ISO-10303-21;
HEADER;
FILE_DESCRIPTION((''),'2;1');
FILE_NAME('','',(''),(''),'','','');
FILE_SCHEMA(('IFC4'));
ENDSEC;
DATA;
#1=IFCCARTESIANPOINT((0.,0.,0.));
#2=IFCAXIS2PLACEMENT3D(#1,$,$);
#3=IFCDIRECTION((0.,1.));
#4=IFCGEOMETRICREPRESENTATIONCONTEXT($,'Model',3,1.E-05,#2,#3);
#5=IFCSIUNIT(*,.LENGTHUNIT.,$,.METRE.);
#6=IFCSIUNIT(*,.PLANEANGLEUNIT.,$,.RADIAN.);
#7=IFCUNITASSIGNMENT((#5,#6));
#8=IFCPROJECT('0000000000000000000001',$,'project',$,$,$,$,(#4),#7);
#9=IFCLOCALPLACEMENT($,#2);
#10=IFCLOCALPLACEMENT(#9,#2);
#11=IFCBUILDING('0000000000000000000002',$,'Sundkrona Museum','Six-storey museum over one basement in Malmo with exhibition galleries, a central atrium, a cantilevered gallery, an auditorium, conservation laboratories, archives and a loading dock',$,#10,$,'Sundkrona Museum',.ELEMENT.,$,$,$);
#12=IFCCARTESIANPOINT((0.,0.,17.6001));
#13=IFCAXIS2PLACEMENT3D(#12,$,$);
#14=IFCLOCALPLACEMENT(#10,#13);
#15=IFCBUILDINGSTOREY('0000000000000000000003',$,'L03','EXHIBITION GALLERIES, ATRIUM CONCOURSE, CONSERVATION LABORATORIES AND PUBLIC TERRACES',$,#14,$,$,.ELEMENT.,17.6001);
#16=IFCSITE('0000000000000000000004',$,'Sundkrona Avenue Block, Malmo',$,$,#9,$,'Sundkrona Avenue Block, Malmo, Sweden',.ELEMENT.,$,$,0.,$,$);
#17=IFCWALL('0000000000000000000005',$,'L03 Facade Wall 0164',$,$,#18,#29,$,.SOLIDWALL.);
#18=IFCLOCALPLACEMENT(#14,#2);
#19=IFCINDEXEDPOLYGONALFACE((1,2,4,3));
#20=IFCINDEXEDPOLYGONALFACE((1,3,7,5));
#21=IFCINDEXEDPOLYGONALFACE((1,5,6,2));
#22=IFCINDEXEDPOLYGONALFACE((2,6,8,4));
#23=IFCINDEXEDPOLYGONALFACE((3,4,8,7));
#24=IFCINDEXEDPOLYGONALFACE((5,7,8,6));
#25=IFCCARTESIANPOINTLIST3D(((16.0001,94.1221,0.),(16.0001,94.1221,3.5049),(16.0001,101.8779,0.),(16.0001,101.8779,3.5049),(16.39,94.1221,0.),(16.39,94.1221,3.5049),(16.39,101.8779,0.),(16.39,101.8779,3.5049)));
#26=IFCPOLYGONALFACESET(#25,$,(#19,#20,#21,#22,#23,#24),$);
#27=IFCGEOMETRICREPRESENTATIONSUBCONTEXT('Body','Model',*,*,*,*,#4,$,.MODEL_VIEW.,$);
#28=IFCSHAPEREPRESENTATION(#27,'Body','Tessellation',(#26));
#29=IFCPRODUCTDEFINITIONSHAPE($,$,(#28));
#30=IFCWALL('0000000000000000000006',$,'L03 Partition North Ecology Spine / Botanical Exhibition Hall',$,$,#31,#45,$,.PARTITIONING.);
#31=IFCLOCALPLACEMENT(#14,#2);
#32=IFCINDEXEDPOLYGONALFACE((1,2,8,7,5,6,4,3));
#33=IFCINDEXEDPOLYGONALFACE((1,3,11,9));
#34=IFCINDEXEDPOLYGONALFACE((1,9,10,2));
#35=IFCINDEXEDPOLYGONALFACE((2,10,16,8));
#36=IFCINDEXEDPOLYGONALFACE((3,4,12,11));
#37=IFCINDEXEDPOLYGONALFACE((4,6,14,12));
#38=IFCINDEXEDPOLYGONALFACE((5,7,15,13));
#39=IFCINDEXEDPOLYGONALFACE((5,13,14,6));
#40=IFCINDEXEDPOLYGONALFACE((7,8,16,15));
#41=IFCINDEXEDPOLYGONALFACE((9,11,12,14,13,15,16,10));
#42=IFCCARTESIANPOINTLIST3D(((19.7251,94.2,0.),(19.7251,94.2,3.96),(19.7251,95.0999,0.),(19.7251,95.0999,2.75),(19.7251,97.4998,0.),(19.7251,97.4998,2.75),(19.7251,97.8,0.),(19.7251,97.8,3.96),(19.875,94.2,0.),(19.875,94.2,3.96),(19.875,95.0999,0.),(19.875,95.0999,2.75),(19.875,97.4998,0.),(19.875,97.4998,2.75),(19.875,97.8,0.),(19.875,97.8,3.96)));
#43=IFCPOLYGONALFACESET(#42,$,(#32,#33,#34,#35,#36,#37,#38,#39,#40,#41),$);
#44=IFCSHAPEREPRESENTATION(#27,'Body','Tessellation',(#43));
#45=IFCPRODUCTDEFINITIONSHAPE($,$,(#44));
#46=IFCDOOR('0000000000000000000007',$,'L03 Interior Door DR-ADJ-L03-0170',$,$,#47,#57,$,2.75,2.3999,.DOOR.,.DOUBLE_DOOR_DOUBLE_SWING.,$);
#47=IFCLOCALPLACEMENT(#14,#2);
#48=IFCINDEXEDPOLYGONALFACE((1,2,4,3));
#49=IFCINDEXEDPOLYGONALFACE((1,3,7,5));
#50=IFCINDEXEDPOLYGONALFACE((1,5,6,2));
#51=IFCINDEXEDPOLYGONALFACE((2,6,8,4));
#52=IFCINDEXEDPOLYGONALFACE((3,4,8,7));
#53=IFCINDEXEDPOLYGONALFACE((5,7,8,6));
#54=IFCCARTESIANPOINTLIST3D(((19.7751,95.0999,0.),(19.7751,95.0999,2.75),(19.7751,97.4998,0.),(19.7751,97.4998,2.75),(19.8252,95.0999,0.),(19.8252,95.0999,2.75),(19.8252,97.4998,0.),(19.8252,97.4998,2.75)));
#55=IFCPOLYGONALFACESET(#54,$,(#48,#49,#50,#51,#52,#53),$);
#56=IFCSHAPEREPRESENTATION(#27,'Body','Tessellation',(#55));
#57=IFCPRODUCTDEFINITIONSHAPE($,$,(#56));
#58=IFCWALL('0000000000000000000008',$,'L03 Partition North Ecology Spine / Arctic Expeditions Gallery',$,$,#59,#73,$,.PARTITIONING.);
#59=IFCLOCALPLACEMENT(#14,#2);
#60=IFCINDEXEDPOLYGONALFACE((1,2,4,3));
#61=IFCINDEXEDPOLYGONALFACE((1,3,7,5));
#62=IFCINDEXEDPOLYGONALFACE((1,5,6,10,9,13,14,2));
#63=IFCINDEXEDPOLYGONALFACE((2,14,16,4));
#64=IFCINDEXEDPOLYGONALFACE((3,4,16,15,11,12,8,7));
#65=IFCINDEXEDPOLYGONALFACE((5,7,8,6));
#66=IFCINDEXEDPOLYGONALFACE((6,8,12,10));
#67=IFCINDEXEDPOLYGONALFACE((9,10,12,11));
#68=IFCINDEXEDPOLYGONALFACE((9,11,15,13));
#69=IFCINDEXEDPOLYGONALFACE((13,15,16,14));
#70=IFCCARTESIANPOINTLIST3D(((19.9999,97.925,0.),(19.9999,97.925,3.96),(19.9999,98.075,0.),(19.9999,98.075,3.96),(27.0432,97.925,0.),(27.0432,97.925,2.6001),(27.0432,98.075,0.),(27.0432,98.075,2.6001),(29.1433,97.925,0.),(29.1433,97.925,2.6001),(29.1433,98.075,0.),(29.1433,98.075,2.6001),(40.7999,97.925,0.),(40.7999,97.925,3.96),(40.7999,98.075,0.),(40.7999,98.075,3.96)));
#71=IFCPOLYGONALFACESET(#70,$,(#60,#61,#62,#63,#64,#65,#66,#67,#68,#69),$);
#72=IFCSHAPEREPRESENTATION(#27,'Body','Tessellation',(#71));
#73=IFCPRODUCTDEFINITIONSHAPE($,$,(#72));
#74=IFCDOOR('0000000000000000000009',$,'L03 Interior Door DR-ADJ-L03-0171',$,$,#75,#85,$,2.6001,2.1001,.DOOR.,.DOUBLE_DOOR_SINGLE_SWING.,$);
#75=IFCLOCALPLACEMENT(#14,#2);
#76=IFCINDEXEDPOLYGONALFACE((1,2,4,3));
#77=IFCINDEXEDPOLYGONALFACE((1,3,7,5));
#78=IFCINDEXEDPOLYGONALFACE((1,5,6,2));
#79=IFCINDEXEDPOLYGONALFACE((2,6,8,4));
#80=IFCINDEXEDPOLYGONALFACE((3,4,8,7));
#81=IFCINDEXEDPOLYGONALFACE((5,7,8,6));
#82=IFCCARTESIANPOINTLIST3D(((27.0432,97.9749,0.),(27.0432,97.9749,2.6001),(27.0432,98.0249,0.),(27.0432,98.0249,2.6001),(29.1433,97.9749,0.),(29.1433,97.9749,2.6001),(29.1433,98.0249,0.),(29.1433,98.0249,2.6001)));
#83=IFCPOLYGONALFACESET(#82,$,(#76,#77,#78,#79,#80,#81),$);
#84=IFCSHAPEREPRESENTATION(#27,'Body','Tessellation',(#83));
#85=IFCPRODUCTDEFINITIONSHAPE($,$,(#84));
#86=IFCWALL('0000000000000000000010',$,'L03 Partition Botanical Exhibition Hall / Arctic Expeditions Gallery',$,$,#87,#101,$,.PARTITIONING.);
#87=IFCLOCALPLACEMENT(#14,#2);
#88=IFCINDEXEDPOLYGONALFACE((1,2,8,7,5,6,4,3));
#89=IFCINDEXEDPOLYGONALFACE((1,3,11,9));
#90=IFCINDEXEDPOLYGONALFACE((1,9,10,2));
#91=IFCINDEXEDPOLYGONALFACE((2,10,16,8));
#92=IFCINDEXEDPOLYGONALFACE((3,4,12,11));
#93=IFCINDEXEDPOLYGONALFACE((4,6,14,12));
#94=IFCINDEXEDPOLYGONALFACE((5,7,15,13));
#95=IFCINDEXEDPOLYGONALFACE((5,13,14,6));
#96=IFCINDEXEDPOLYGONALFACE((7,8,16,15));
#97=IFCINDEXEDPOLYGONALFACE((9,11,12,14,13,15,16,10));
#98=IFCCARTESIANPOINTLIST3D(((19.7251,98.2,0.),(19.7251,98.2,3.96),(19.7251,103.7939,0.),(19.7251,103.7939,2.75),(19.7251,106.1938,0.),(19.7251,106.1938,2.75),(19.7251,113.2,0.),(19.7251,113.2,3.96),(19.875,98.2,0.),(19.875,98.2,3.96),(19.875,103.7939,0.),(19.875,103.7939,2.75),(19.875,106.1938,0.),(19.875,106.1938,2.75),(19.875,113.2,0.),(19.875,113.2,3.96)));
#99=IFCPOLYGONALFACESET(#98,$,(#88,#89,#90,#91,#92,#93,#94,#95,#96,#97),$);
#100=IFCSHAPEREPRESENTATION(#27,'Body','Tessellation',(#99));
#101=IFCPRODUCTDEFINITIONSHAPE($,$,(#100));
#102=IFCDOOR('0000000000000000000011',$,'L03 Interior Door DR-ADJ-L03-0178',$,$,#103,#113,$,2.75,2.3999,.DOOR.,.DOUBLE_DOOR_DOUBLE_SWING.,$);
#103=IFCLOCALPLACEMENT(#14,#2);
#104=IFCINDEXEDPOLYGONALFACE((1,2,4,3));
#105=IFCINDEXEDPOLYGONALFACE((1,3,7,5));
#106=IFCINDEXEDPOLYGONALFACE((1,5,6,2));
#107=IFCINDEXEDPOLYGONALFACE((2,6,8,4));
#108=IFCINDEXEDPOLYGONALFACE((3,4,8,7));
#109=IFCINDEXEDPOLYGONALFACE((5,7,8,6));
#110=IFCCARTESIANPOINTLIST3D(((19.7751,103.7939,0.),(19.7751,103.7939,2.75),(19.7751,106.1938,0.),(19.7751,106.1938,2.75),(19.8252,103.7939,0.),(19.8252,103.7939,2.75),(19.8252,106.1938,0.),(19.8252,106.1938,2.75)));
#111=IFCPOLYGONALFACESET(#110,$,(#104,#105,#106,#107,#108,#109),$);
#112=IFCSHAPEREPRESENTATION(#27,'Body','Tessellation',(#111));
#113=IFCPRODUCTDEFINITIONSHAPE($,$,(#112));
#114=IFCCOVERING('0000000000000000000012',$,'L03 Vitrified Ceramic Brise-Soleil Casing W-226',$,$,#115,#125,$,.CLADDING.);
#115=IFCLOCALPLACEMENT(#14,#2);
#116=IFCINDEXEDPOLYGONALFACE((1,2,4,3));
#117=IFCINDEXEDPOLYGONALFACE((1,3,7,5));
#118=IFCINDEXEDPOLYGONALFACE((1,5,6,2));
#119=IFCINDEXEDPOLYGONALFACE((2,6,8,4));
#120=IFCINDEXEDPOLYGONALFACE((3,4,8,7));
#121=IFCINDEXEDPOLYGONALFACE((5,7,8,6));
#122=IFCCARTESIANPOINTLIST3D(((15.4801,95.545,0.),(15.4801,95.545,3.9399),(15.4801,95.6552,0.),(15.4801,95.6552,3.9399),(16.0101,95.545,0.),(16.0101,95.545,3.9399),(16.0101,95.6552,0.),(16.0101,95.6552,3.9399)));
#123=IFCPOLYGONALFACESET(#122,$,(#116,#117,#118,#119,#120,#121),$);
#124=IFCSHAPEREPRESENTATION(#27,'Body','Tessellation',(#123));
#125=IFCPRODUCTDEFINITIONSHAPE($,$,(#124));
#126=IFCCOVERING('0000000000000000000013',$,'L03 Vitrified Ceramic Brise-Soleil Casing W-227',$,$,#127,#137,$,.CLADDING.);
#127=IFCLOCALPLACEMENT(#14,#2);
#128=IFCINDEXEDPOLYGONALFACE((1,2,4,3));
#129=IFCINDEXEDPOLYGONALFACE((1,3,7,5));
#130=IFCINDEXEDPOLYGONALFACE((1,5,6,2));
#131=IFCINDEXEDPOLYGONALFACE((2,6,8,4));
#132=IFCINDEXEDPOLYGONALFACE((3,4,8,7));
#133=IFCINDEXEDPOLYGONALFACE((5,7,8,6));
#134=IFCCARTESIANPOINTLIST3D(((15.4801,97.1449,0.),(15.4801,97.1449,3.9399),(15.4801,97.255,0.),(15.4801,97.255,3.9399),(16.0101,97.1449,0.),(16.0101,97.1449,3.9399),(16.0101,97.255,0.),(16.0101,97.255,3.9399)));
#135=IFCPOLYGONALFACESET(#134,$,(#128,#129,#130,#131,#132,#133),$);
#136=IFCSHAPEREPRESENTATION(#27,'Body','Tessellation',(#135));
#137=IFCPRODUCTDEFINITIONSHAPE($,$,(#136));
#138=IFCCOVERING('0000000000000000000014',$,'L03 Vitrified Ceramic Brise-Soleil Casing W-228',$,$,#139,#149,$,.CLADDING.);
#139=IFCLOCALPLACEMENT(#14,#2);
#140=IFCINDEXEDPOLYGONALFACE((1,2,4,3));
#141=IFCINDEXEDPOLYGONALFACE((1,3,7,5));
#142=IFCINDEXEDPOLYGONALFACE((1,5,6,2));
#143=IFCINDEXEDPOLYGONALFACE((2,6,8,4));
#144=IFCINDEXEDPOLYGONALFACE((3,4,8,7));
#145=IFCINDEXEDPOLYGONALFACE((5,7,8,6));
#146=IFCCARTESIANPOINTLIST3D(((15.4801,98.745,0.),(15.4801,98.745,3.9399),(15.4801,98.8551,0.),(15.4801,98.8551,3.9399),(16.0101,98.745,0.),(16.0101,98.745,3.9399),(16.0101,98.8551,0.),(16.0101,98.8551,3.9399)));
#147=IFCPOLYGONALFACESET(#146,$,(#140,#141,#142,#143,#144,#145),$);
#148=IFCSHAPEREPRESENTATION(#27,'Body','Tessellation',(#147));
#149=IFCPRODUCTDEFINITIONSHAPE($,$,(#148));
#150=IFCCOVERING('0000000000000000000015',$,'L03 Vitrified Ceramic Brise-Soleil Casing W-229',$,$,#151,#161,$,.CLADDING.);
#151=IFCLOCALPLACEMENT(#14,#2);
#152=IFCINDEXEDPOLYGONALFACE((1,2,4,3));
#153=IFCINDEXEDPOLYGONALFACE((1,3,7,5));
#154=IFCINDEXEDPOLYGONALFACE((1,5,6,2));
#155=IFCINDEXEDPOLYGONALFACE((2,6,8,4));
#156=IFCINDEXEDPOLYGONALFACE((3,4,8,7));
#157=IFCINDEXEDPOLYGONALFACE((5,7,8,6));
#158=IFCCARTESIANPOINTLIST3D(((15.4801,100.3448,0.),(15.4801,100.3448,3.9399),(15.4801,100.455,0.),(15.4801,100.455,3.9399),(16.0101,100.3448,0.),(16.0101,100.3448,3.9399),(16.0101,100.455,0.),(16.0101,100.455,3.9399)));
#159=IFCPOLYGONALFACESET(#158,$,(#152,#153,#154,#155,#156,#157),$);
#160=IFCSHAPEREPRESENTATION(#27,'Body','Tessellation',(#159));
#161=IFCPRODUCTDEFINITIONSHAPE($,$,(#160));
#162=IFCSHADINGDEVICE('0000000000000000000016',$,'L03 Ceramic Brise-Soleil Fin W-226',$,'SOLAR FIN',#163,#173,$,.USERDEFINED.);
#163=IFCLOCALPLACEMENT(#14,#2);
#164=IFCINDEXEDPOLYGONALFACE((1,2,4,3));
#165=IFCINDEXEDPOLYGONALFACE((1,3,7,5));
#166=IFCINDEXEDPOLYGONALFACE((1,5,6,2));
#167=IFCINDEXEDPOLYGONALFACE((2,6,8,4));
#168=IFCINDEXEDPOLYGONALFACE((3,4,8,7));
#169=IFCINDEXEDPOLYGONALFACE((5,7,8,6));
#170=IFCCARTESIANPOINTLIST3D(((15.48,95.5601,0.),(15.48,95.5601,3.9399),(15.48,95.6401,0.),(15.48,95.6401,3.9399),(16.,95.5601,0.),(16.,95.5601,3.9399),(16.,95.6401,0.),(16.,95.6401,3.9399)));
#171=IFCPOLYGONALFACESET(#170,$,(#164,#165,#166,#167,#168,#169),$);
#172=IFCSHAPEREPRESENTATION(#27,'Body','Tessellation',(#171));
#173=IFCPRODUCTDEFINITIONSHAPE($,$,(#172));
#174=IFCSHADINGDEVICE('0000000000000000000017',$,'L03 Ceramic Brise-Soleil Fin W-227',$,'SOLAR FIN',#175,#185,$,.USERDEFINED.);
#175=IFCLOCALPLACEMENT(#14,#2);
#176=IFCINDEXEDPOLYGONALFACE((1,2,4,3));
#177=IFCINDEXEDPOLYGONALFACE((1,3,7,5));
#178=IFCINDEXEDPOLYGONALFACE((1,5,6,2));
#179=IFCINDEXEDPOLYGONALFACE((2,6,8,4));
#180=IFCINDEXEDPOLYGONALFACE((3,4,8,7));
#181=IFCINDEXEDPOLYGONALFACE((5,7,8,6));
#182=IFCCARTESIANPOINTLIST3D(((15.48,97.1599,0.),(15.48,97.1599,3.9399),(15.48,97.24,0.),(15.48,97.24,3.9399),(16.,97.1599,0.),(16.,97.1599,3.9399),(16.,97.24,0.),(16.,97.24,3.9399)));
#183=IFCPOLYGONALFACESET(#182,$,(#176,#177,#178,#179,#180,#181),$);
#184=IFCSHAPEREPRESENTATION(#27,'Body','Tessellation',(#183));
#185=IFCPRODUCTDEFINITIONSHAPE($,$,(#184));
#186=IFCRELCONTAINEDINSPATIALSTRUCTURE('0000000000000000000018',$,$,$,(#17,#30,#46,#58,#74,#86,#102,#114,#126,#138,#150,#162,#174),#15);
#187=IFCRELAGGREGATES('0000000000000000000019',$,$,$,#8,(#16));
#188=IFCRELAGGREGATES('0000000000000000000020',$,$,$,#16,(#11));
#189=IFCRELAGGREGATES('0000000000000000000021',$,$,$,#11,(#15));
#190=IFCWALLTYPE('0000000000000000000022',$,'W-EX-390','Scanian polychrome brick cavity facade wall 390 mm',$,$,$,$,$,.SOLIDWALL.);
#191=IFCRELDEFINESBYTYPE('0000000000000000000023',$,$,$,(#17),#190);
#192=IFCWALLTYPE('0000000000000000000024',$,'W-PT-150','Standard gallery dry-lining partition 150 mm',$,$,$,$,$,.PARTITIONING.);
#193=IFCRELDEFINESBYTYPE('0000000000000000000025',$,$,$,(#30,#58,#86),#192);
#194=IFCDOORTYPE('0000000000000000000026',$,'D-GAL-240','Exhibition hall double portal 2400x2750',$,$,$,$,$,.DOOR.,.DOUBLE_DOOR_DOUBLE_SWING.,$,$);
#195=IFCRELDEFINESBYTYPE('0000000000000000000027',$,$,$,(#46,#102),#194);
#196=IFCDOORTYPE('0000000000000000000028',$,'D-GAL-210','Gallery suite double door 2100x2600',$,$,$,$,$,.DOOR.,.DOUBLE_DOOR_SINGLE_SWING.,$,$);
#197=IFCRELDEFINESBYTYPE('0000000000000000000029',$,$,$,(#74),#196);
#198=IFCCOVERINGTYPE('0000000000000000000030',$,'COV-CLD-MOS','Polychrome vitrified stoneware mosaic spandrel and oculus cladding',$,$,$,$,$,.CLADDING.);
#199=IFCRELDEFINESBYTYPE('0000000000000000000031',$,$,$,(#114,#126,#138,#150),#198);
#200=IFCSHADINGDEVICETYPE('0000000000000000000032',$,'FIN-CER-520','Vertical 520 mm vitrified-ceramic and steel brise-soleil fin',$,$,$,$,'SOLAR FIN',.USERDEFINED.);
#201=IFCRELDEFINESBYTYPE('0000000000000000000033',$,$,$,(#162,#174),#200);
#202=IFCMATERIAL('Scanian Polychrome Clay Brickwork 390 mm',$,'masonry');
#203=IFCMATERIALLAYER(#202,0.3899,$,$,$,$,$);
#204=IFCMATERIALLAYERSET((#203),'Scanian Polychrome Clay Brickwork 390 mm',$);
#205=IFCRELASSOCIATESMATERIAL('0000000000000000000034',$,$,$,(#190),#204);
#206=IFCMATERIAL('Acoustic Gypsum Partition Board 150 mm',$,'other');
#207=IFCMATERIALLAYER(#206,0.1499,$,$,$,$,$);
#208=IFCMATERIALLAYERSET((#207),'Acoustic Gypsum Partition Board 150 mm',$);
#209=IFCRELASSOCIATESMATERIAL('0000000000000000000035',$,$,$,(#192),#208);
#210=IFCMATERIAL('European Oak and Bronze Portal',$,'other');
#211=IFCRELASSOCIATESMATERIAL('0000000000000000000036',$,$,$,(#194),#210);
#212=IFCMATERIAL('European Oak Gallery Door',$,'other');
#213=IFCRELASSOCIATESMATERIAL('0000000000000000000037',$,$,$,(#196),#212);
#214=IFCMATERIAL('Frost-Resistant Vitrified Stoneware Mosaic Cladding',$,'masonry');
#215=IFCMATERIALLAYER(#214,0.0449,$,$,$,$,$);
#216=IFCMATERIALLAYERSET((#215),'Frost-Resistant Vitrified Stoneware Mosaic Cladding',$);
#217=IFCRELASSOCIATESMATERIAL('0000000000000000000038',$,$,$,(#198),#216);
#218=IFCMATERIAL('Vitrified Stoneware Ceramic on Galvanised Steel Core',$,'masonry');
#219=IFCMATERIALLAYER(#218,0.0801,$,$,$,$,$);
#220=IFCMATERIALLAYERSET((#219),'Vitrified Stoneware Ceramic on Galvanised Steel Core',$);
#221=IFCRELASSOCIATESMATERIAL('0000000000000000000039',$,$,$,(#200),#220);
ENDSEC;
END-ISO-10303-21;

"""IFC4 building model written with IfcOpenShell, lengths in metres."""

from ifc_helpers import new_model, si_unit, direction, frame, frame_2d, origin, origin_2d, place, context, subcontext, project, spatial, rectangle, extrude, material, layer, layer_set, type_object, element, fill, save


model = new_model("IFC4")

# Units and contexts
model_context = context("Model", 3, precision=1e-05, world=origin(), true_north=direction((0.0, 1.0)))
body_context = subcontext(model_context, "Body", "Model", "MODEL_VIEW")
ifc_project = project(units=[si_unit("LENGTHUNIT", "METRE"), si_unit("PLANEANGLEUNIT", "RADIAN")], contexts=[model_context])

# Site, building, storey
site_placement = place(None, origin())
site = spatial("IfcSite", under=ifc_project, at=site_placement, Name="Sundkrona Avenue Block, Malmo", LongName="Sundkrona Avenue Block, Malmo, Sweden", CompositionType="ELEMENT", RefElevation=0.0)
building_placement = place(site_placement, origin())
building = spatial("IfcBuilding", under=site, at=building_placement, Name="Sundkrona Museum", Description="Six-storey museum over one basement in Malmo with exhibition galleries, a central atrium, a cantilevered gallery, an auditorium, conservation laboratories, archives and a loading dock", LongName="Sundkrona Museum", CompositionType="ELEMENT")
storey_placement = place(building_placement, frame((0.0, 0.0, 17.6001)))
storey = spatial("IfcBuildingStorey", under=building, at=storey_placement, Name="L03", Description="EXHIBITION GALLERIES, ATRIUM CONCOURSE, CONSERVATION LABORATORIES AND PUBLIC TERRACES", CompositionType="ELEMENT", Elevation=17.6001)

# Wall
ifc_material_1 = material(Name="Scanian Polychrome Clay Brickwork 390 mm", Category="masonry")
ifc_layer_1 = layer(ifc_material_1, 0.3899)
ifc_layer_set_1 = layer_set([ifc_layer_1], Name="Scanian Polychrome Clay Brickwork 390 mm")
wall_type_1 = type_object("IfcWallType", Name="W-EX-390", Description="Scanian polychrome brick cavity facade wall 390 mm", PredefinedType="SOLIDWALL", material=ifc_layer_set_1)
wall_1_placement = place(storey_placement, frame((16.1951, 94.1221, 0.0), z_axis=(0.0, 0.0, 1.0), x_axis=(0.0, 1.0, 0.0)))
element("IfcWall", 1, at=wall_1_placement, inside=storey, type_object=wall_type_1, Name="L03 Facade Wall 0164", PredefinedType="SOLIDWALL", context=body_context, shape_type="SweptSolid", body=[
    extrude(rectangle(XDim=7.7559, YDim=0.3899, at=frame_2d((3.8779, 0.0))), origin(), (0.0, 0.0, 1.0), 3.5049),
])

# Walls, openings, doors
ifc_material_2 = material(Name="Acoustic Gypsum Partition Board 150 mm", Category="other")
ifc_layer_2 = layer(ifc_material_2, 0.1499)
ifc_layer_set_2 = layer_set([ifc_layer_2], Name="Acoustic Gypsum Partition Board 150 mm")
wall_type_2 = type_object("IfcWallType", Name="W-PT-150", Description="Standard gallery dry-lining partition 150 mm", PredefinedType="PARTITIONING", material=ifc_layer_set_2)
wall_2_placement = place(storey_placement, frame((19.8, 94.2, 0.0), z_axis=(0.0, 0.0, 1.0), x_axis=(0.0, 1.0, 0.0)))
wall_2 = element("IfcWall", 2, at=wall_2_placement, inside=storey, type_object=wall_type_2, Name="L03 Partition North Ecology Spine / Botanical Exhibition Hall", PredefinedType="PARTITIONING", context=body_context, shape_type="SweptSolid", body=[
    extrude(rectangle(XDim=3.6001, YDim=0.1499, at=frame_2d((1.8, 0.0))), origin(), (0.0, 0.0, 1.0), 3.96),
])
opening_1_placement = place(wall_2_placement, frame((0.8999, 0.0, 0.0)))
opening_1 = element("IfcOpeningElement", 3, at=opening_1_placement, cuts=wall_2, PredefinedType="OPENING", context=body_context, shape_type="SweptSolid", body=[
    extrude(rectangle(XDim=2.3999, YDim=2.75, at=frame_2d((1.2, 1.375))), frame((0.0, 0.085, 0.0), z_axis=(0.0, -1.0, 0.0), x_axis=(1.0, 0.0, 0.0)), (0.0, 0.0, 1.0), 0.1699),
])
ifc_material_3 = material(Name="European Oak and Bronze Portal", Category="other")
door_type_1 = type_object("IfcDoorType", Name="D-GAL-240", Description="Exhibition hall double portal 2400x2750", OperationType="DOUBLE_DOOR_DOUBLE_SWING", PredefinedType="DOOR", material=ifc_material_3)
door_1_placement = place(opening_1_placement, origin())
door_1 = element("IfcDoor", 4, at=door_1_placement, inside=storey, type_object=door_type_1, Name="L03 Interior Door DR-ADJ-L03-0170", OperationType="DOUBLE_DOOR_DOUBLE_SWING", OverallHeight=2.75, OverallWidth=2.3999, PredefinedType="DOOR", context=body_context, shape_type="SweptSolid", body=[
    extrude(rectangle(XDim=2.3999, YDim=2.75, at=frame_2d((1.2, 1.375))), frame((0.0, 0.0249, 0.0), z_axis=(0.0, -1.0, 0.0), x_axis=(1.0, 0.0, 0.0)), (0.0, 0.0, 1.0), 0.05),
])
fill(opening_1, door_1)
wall_3_placement = place(storey_placement, frame((20.0, 98.0, 0.0), z_axis=(0.0, 0.0, 1.0), x_axis=(1.0, 0.0, 0.0)))
wall_3 = element("IfcWall", 5, at=wall_3_placement, inside=storey, type_object=wall_type_2, Name="L03 Partition North Ecology Spine / Arctic Expeditions Gallery", PredefinedType="PARTITIONING", context=body_context, shape_type="SweptSolid", body=[
    extrude(rectangle(XDim=20.8, YDim=0.1499, at=frame_2d((10.3999, 0.0))), origin(), (0.0, 0.0, 1.0), 3.96),
])
opening_2_placement = place(wall_3_placement, frame((7.0432, 0.0, 0.0)))
opening_2 = element("IfcOpeningElement", 6, at=opening_2_placement, cuts=wall_3, PredefinedType="OPENING", context=body_context, shape_type="SweptSolid", body=[
    extrude(rectangle(XDim=2.1001, YDim=2.6001, at=frame_2d((1.05, 1.3))), frame((0.0, 0.085, 0.0), z_axis=(0.0, -1.0, 0.0), x_axis=(1.0, 0.0, 0.0)), (0.0, 0.0, 1.0), 0.1699),
])
ifc_material_4 = material(Name="European Oak Gallery Door", Category="other")
door_type_2 = type_object("IfcDoorType", Name="D-GAL-210", Description="Gallery suite double door 2100x2600", OperationType="DOUBLE_DOOR_SINGLE_SWING", PredefinedType="DOOR", material=ifc_material_4)
door_2_placement = place(opening_2_placement, origin())
door_2 = element("IfcDoor", 7, at=door_2_placement, inside=storey, type_object=door_type_2, Name="L03 Interior Door DR-ADJ-L03-0171", OperationType="DOUBLE_DOOR_SINGLE_SWING", OverallHeight=2.6001, OverallWidth=2.1001, PredefinedType="DOOR", context=body_context, shape_type="SweptSolid", body=[
    extrude(rectangle(XDim=2.1001, YDim=2.6001, at=frame_2d((1.05, 1.3))), frame((0.0, 0.0249, 0.0), z_axis=(0.0, -1.0, 0.0), x_axis=(1.0, 0.0, 0.0)), (0.0, 0.0, 1.0), 0.05),
])
fill(opening_2, door_2)
wall_4_placement = place(storey_placement, frame((19.8, 98.2, 0.0), z_axis=(0.0, 0.0, 1.0), x_axis=(0.0, 1.0, 0.0)))
wall_4 = element("IfcWall", 8, at=wall_4_placement, inside=storey, type_object=wall_type_2, Name="L03 Partition Botanical Exhibition Hall / Arctic Expeditions Gallery", PredefinedType="PARTITIONING", context=body_context, shape_type="SweptSolid", body=[
    extrude(rectangle(XDim=15.0, YDim=0.1499, at=frame_2d((7.5, 0.0))), origin(), (0.0, 0.0, 1.0), 3.96),
])
opening_3_placement = place(wall_4_placement, frame((5.594, 0.0, 0.0)))
opening_3 = element("IfcOpeningElement", 9, at=opening_3_placement, cuts=wall_4, PredefinedType="OPENING", context=body_context, shape_type="SweptSolid", body=[
    extrude(rectangle(XDim=2.3999, YDim=2.75, at=frame_2d((1.2, 1.375))), frame((0.0, 0.085, 0.0), z_axis=(0.0, -1.0, 0.0), x_axis=(1.0, 0.0, 0.0)), (0.0, 0.0, 1.0), 0.1699),
])
door_3_placement = place(opening_3_placement, origin())
door_3 = element("IfcDoor", 10, at=door_3_placement, inside=storey, type_object=door_type_1, Name="L03 Interior Door DR-ADJ-L03-0178", OperationType="DOUBLE_DOOR_DOUBLE_SWING", OverallHeight=2.75, OverallWidth=2.3999, PredefinedType="DOOR", context=body_context, shape_type="SweptSolid", body=[
    extrude(rectangle(XDim=2.3999, YDim=2.75, at=frame_2d((1.2, 1.375))), frame((0.0, 0.0249, 0.0), z_axis=(0.0, -1.0, 0.0), x_axis=(1.0, 0.0, 0.0)), (0.0, 0.0, 1.0), 0.05),
])
fill(opening_3, door_3)

# Coverings
ifc_material_5 = material(Name="Frost-Resistant Vitrified Stoneware Mosaic Cladding", Category="masonry")
ifc_layer_3 = layer(ifc_material_5, 0.0449)
ifc_layer_set_3 = layer_set([ifc_layer_3], Name="Frost-Resistant Vitrified Stoneware Mosaic Cladding")
covering_type = type_object("IfcCoveringType", Name="COV-CLD-MOS", Description="Polychrome vitrified stoneware mosaic spandrel and oculus cladding", PredefinedType="CLADDING", material=ifc_layer_set_3)
for number, where, z_axis, x_axis, name in (
    (11, (15.7451, 95.6001, 0.0), (0.0, 0.0, 1.0), (1.0, 0.0, 0.0), "L03 Vitrified Ceramic Brise-Soleil Casing W-226"),
    (12, (15.7451, 97.2, 0.0), (0.0, 0.0, 1.0), (1.0, 0.0, 0.0), "L03 Vitrified Ceramic Brise-Soleil Casing W-227"),
    (13, (15.7451, 98.8, 0.0), (0.0, 0.0, 1.0), (1.0, 0.0, 0.0), "L03 Vitrified Ceramic Brise-Soleil Casing W-228"),
    (14, (15.7451, 100.3999, 0.0), (0.0, 0.0, 1.0), (1.0, 0.0, 0.0), "L03 Vitrified Ceramic Brise-Soleil Casing W-229"),
):
    element("IfcCovering", number, at=place(storey_placement, frame(where, z_axis=z_axis, x_axis=x_axis)), inside=storey, type_object=covering_type, Name=name, PredefinedType="CLADDING", context=body_context, shape_type="SweptSolid", body=[
        extrude(rectangle(XDim=0.53, YDim=0.1101, at=origin_2d()), origin(), (0.0, 0.0, 1.0), 3.9399),
    ])

# Shading devices
ifc_material_6 = material(Name="Vitrified Stoneware Ceramic on Galvanised Steel Core", Category="masonry")
ifc_layer_4 = layer(ifc_material_6, 0.0801)
ifc_layer_set_4 = layer_set([ifc_layer_4], Name="Vitrified Stoneware Ceramic on Galvanised Steel Core")
shading_device_type = type_object("IfcShadingDeviceType", Name="FIN-CER-520", Description="Vertical 520 mm vitrified-ceramic and steel brise-soleil fin", ElementType="SOLAR FIN", PredefinedType="USERDEFINED", material=ifc_layer_set_4)
for number, where, z_axis, x_axis, name in (
    (15, (15.74, 95.6001, 0.0), (0.0, 0.0, 1.0), (1.0, 0.0, 0.0), "L03 Ceramic Brise-Soleil Fin W-226"),
    (16, (15.74, 97.2, 0.0), (0.0, 0.0, 1.0), (1.0, 0.0, 0.0), "L03 Ceramic Brise-Soleil Fin W-227"),
):
    element("IfcShadingDevice", number, at=place(storey_placement, frame(where, z_axis=z_axis, x_axis=x_axis)), inside=storey, type_object=shading_device_type, Name=name, ObjectType="SOLAR FIN", PredefinedType="USERDEFINED", context=body_context, shape_type="SweptSolid", body=[
        extrude(rectangle(XDim=0.52, YDim=0.0801, at=origin_2d()), origin(), (0.0, 0.0, 1.0), 3.9399),
    ])

save(model, "model.ifc")
